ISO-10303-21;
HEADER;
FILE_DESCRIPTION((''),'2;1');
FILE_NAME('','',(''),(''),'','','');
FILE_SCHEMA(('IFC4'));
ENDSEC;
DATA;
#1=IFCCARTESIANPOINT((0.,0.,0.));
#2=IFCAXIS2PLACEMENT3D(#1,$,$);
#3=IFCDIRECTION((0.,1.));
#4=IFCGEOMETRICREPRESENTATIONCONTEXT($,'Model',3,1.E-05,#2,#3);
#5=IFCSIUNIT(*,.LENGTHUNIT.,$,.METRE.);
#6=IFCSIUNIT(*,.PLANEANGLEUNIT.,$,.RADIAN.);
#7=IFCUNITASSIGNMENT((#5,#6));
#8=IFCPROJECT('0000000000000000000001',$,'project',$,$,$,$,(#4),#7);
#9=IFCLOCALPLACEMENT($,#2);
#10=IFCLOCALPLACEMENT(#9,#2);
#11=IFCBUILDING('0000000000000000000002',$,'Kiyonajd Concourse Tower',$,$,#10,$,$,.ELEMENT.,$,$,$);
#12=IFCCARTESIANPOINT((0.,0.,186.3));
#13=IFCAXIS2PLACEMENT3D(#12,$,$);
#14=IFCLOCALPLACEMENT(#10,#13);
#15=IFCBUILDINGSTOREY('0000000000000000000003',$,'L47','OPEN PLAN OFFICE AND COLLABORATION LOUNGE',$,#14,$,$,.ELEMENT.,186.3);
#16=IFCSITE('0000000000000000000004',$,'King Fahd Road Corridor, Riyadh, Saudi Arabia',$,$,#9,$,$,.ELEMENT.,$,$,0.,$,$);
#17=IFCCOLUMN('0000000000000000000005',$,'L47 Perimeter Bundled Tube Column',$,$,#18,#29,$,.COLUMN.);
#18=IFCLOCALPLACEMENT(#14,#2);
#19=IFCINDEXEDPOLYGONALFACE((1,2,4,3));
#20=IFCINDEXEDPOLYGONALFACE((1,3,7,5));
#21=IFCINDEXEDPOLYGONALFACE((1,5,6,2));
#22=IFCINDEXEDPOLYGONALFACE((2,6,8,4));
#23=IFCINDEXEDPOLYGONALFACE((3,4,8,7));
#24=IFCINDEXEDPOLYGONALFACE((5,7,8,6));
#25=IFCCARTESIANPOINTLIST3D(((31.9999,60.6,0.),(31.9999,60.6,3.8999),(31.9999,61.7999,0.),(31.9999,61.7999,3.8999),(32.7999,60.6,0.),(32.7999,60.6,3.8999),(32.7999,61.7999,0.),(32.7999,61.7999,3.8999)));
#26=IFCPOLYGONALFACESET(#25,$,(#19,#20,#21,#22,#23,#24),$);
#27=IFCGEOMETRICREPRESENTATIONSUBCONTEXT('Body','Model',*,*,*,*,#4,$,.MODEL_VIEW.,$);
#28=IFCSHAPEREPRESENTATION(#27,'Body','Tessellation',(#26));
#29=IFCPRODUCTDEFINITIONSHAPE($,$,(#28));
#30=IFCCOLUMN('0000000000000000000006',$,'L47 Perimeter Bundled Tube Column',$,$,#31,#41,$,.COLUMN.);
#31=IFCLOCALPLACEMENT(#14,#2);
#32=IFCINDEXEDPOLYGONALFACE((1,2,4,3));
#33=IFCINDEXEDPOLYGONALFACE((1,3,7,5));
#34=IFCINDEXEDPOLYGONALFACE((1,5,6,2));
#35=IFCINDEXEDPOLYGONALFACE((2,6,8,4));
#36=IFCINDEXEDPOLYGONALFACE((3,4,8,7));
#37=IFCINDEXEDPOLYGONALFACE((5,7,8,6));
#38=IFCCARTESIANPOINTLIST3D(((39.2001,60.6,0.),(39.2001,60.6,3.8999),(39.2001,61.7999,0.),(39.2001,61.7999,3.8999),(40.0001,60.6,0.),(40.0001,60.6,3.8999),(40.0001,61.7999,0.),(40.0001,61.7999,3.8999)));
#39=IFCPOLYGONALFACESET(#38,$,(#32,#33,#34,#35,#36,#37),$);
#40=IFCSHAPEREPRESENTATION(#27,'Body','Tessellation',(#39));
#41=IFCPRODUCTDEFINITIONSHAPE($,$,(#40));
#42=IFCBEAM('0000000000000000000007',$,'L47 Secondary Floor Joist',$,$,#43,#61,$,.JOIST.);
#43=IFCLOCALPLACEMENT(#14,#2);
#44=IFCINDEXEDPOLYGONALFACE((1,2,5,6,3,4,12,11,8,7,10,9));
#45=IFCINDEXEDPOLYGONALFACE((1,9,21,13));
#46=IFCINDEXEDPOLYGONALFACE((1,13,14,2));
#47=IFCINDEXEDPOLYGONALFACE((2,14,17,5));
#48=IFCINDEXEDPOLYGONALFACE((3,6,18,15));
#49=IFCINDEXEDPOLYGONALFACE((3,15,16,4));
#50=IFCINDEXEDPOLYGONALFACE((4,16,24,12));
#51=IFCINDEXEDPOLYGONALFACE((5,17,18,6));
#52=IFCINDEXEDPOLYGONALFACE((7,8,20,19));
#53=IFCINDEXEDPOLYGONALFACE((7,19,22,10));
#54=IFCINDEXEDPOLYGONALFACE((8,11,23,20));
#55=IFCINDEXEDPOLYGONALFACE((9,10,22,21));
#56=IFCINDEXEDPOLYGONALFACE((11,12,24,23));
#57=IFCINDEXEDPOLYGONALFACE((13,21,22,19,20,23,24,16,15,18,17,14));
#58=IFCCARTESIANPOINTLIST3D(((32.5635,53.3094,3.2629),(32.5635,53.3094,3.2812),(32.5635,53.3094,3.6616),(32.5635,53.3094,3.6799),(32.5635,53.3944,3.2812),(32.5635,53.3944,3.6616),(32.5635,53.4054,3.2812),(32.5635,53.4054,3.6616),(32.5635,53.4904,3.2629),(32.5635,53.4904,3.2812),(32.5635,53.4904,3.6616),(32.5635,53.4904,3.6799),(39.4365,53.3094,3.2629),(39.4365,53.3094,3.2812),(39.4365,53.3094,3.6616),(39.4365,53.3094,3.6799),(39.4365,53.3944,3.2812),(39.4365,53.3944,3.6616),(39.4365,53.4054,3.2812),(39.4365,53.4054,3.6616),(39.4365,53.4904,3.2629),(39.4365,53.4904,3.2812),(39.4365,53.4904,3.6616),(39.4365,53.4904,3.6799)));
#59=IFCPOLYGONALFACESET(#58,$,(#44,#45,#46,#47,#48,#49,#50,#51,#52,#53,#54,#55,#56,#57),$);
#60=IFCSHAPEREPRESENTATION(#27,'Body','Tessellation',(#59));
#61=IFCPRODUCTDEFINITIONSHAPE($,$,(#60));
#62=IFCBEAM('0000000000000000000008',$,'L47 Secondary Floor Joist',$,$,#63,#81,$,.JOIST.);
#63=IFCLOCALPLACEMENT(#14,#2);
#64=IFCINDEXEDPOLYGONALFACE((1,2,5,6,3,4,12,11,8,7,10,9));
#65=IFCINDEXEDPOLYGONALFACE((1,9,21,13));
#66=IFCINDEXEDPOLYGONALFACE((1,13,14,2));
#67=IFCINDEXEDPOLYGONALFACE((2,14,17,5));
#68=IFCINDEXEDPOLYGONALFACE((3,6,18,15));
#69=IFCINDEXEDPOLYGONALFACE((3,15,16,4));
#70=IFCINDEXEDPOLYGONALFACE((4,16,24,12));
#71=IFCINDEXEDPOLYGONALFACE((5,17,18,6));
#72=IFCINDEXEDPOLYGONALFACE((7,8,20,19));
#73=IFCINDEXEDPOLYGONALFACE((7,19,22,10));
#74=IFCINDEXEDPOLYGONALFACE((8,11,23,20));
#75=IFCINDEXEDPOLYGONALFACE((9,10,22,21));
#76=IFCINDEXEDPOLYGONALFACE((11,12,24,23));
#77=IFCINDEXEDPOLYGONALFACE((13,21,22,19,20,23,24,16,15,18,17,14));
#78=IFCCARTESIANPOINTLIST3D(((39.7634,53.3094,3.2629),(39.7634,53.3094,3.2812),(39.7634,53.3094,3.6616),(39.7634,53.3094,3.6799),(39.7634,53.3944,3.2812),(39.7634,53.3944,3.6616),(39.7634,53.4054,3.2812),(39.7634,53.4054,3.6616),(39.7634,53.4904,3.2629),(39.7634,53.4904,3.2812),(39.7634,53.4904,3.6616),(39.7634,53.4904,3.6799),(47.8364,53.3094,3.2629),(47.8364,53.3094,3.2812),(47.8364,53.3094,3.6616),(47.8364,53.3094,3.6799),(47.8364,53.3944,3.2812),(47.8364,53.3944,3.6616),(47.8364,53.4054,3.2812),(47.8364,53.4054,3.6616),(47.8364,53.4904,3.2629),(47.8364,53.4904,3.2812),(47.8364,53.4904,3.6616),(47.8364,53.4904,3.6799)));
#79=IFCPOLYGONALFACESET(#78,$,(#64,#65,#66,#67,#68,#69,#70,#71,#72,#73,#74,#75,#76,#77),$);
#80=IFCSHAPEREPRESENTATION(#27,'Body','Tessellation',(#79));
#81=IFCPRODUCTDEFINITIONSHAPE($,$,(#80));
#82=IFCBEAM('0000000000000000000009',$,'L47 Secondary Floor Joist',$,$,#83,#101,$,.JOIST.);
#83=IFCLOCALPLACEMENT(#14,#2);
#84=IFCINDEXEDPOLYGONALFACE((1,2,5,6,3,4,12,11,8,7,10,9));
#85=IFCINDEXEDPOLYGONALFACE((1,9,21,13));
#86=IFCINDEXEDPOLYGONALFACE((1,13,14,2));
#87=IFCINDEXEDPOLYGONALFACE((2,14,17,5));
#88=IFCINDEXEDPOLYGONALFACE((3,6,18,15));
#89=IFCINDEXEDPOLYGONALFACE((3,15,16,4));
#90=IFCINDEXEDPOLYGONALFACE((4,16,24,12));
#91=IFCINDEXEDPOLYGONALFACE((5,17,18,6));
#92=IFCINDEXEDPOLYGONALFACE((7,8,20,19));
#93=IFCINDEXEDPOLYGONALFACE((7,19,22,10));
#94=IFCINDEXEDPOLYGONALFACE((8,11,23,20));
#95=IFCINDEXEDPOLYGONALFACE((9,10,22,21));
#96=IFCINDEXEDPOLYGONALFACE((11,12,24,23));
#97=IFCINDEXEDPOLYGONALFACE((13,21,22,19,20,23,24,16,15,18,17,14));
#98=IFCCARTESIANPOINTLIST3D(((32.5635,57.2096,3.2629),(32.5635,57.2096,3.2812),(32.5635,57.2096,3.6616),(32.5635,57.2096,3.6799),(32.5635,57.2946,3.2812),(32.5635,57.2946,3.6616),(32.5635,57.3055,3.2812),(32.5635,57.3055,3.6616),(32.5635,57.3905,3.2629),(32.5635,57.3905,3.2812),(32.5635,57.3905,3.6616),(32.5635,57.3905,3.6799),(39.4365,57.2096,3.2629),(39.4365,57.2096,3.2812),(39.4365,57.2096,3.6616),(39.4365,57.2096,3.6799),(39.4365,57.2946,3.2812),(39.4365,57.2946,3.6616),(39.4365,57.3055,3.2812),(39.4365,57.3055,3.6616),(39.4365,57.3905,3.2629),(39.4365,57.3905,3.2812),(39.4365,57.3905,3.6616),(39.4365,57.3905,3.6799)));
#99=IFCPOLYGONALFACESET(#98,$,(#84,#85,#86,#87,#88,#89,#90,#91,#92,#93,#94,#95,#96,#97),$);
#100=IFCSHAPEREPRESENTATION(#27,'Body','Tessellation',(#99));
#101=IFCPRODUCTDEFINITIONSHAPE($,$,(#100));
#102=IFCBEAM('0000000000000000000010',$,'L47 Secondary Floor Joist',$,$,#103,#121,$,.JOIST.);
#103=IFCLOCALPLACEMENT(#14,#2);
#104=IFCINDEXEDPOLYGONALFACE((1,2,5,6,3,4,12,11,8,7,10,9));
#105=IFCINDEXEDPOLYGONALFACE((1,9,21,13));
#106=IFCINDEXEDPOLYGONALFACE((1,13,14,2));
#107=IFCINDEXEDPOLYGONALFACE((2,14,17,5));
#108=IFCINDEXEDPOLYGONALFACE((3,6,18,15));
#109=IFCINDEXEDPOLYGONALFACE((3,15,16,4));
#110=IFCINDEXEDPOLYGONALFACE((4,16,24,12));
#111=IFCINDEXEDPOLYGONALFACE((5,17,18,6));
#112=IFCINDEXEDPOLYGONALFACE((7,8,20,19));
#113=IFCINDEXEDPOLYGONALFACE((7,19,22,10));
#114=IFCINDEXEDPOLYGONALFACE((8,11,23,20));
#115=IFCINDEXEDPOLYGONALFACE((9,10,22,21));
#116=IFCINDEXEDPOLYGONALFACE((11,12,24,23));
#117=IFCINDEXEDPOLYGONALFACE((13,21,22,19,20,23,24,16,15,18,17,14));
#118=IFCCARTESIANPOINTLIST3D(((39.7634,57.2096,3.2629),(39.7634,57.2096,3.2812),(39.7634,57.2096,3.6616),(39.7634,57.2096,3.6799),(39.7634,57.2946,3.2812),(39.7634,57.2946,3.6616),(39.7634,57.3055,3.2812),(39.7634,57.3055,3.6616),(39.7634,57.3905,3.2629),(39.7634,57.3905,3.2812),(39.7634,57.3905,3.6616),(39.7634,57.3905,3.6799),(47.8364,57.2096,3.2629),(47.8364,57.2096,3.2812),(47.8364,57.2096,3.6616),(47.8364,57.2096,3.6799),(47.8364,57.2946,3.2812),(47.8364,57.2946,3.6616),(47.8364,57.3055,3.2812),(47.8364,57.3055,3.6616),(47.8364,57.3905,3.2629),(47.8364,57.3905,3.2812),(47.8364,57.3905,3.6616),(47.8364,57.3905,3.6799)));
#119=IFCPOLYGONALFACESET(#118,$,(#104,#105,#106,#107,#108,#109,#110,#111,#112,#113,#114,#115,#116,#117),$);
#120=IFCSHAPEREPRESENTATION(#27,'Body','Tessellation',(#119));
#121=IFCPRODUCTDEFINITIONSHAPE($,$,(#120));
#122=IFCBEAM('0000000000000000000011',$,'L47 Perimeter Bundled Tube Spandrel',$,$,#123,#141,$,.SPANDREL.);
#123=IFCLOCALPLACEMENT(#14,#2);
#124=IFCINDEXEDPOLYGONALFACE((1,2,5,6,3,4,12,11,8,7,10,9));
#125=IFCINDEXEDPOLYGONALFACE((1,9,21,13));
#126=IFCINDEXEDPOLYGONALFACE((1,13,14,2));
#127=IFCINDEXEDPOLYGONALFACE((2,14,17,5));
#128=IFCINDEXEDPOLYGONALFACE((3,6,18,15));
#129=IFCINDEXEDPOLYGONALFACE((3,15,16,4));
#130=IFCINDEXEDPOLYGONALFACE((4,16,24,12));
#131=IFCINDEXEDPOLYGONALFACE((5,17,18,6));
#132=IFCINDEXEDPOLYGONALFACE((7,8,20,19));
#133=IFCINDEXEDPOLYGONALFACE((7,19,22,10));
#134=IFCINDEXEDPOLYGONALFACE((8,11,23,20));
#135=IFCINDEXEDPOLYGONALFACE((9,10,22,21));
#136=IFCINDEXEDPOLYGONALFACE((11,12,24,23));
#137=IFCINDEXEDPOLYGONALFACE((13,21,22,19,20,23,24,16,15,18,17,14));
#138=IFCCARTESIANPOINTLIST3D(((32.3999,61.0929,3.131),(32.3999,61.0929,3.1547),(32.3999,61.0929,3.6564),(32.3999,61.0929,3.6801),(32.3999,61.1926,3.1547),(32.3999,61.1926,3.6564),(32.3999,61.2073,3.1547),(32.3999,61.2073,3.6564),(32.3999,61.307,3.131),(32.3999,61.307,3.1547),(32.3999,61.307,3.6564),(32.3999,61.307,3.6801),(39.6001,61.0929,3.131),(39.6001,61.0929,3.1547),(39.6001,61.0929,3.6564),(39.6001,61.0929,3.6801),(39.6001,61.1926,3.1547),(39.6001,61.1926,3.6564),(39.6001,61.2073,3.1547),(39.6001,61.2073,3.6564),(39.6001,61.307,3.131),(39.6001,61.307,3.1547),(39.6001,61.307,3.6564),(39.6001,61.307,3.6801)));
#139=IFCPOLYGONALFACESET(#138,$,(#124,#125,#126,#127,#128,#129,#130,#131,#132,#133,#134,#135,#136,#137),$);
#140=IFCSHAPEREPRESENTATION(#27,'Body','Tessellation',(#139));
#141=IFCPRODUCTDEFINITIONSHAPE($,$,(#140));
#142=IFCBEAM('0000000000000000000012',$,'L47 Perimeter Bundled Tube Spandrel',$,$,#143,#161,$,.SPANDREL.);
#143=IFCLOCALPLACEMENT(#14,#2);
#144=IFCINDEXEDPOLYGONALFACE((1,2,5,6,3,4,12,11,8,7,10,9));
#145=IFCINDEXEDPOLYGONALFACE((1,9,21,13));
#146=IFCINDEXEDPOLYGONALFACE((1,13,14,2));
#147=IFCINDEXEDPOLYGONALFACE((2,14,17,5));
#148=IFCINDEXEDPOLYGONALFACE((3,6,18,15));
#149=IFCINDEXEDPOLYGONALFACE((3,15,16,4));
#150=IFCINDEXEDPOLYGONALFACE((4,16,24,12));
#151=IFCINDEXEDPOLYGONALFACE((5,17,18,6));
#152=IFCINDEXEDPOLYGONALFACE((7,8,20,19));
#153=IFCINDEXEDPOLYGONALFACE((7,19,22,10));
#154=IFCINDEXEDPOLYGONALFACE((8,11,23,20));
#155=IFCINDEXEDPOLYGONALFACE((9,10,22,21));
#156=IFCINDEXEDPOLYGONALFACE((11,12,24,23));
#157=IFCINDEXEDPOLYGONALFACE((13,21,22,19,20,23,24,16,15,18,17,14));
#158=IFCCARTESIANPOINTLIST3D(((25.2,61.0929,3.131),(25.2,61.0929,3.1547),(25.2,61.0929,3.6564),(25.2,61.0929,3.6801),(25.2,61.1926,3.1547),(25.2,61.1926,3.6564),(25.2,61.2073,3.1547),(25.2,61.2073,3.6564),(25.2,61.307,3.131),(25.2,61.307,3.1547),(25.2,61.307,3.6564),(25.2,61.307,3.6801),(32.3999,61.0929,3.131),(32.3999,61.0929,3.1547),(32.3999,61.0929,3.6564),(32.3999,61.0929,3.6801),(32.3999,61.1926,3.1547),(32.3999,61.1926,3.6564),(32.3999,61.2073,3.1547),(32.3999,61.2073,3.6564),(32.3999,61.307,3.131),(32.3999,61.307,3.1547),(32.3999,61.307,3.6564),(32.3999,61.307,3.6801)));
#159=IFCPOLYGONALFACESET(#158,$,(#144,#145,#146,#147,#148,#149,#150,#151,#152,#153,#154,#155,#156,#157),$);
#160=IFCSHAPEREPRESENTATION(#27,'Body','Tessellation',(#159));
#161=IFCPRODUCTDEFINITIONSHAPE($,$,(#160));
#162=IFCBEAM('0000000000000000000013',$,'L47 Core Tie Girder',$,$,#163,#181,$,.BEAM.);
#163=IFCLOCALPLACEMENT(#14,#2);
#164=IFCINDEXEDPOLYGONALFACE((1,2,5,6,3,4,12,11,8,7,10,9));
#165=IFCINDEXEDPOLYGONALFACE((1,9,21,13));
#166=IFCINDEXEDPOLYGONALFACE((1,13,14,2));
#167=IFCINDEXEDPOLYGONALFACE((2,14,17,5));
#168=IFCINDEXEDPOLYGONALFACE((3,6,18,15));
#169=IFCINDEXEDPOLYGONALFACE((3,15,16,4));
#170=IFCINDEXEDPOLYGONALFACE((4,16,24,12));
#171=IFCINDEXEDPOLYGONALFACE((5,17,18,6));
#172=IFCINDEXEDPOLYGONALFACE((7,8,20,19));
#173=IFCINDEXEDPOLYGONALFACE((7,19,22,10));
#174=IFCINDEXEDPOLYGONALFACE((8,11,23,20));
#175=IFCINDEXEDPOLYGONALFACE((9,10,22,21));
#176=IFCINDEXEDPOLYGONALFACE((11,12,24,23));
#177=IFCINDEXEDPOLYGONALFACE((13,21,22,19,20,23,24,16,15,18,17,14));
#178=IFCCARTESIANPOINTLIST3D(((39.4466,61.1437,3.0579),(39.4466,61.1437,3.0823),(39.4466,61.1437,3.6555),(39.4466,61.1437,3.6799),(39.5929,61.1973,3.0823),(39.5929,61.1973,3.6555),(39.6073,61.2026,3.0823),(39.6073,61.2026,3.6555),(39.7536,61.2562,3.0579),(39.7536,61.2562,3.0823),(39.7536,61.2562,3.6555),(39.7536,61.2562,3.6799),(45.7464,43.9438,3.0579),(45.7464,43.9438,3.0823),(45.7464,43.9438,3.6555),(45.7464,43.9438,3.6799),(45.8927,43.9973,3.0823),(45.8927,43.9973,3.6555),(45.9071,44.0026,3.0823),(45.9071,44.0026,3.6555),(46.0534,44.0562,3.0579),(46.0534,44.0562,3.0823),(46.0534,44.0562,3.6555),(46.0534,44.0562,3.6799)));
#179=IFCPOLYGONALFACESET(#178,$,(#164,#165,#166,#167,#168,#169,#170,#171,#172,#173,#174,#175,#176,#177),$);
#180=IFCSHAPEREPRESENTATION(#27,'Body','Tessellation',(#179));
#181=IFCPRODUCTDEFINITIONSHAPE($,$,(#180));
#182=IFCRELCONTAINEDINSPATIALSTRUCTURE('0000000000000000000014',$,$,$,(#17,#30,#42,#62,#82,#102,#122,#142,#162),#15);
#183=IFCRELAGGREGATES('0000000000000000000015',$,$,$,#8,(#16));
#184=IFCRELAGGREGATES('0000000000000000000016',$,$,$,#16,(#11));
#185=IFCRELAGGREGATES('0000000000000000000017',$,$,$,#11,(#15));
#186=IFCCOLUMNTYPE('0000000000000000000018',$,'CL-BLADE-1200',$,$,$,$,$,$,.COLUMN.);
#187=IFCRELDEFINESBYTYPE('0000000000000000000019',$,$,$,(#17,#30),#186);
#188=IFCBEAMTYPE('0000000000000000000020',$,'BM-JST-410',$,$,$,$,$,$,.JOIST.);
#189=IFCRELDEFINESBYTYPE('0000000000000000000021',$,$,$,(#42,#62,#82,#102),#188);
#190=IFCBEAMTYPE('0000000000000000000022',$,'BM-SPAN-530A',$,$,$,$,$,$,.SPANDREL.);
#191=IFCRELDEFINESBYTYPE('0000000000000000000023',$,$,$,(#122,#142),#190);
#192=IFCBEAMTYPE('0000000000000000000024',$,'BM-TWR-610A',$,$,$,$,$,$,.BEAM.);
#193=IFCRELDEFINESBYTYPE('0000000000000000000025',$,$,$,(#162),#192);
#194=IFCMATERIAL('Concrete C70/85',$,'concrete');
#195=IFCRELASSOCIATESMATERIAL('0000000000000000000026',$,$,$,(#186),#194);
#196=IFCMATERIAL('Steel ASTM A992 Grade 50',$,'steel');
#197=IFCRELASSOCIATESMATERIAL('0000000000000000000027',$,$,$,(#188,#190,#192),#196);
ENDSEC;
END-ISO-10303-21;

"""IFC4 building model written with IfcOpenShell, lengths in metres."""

from ifc_helpers import new_model, si_unit, direction, frame, origin, origin_2d, place, context, subcontext, project, spatial, rectangle, i_section, extrude, material, material_profile, profile_set, type_object, element, save


model = new_model("IFC4")

# Units and contexts
model_context = context("Model", 3, precision=1e-05, world=origin(), true_north=direction((0.0, 1.0)))
body_context = subcontext(model_context, "Body", "Model", "MODEL_VIEW")
ifc_project = project(units=[si_unit("LENGTHUNIT", "METRE"), si_unit("PLANEANGLEUNIT", "RADIAN")], contexts=[model_context])

# Site, building, storey
site_placement = place(None, origin())
site = spatial("IfcSite", under=ifc_project, at=site_placement, Name="King Fahd Road Corridor, Riyadh, Saudi Arabia", CompositionType="ELEMENT", RefElevation=0.0)
building_placement = place(site_placement, origin())
building = spatial("IfcBuilding", under=site, at=building_placement, Name="Kiyonajd Concourse Tower", CompositionType="ELEMENT")
storey_placement = place(building_placement, frame((0.0, 0.0, 186.3)))
storey = spatial("IfcBuildingStorey", under=building, at=storey_placement, Name="L47", Description="OPEN PLAN OFFICE AND COLLABORATION LOUNGE", CompositionType="ELEMENT", Elevation=186.3)

# Columns
ifc_material_1 = material(Name="Concrete C70/85", Category="concrete")
ifc_material_profile_1 = material_profile(ifc_material_1, rectangle(XDim=0.8, YDim=1.2, at=origin_2d()), Name="RC-1200x800")
ifc_profile_set_1 = profile_set([ifc_material_profile_1], Name="Concrete C70/85")
column_type = type_object("IfcColumnType", Name="CL-BLADE-1200", PredefinedType="COLUMN", material=ifc_profile_set_1)
for number, where, z_axis, x_axis, name in (
    (1, (32.3999, 61.2, 0.0), (0.0, 0.0, 1.0), (1.0, 0.0, 0.0), "L47 Perimeter Bundled Tube Column"),
    (2, (39.6001, 61.2, 0.0), (0.0, 0.0, 1.0), (1.0, 0.0, 0.0), "L47 Perimeter Bundled Tube Column"),
):
    element("IfcColumn", number, at=place(storey_placement, frame(where, z_axis=z_axis, x_axis=x_axis)), inside=storey, type_object=column_type, Name=name, PredefinedType="COLUMN", context=body_context, shape_type="SweptSolid", body=[
        extrude(rectangle(XDim=0.8, YDim=1.2, at=origin_2d()), origin(), (0.0, 0.0, 1.0), 3.8999),
    ])

# Beams
ifc_material_2 = material(Name="Steel ASTM A992 Grade 50", Category="steel")
ifc_material_profile_2 = material_profile(ifc_material_2, i_section(OverallWidth=0.1809, OverallDepth=0.417, WebThickness=0.011, FlangeThickness=0.0183, at=origin_2d()), Name="W410X85")
ifc_profile_set_2 = profile_set([ifc_material_profile_2], Name="Steel ASTM A992 Grade 50")
beam_type_1 = type_object("IfcBeamType", Name="BM-JST-410", PredefinedType="JOIST", material=ifc_profile_set_2)
beam_1_placement = place(storey_placement, frame((32.5635, 53.3999, 3.4714), z_axis=(1.0, 0.0, 0.0), x_axis=(0.0, 1.0, 0.0)))
element("IfcBeam", 3, at=beam_1_placement, inside=storey, type_object=beam_type_1, Name="L47 Secondary Floor Joist", PredefinedType="JOIST", context=body_context, shape_type="SweptSolid", body=[
    extrude(i_section(OverallWidth=0.1809, OverallDepth=0.417, WebThickness=0.011, FlangeThickness=0.0183, at=origin_2d()), origin(), (0.0, 0.0, 1.0), 6.873),
])
beam_2_placement = place(storey_placement, frame((39.7634, 53.3999, 3.4714), z_axis=(1.0, 0.0, 0.0), x_axis=(0.0, 1.0, 0.0)))
element("IfcBeam", 4, at=beam_2_placement, inside=storey, type_object=beam_type_1, Name="L47 Secondary Floor Joist", PredefinedType="JOIST", context=body_context, shape_type="SweptSolid", body=[
    extrude(i_section(OverallWidth=0.1809, OverallDepth=0.417, WebThickness=0.011, FlangeThickness=0.0183, at=origin_2d()), origin(), (0.0, 0.0, 1.0), 8.073),
])
beam_3_placement = place(storey_placement, frame((32.5635, 57.3, 3.4714), z_axis=(1.0, 0.0, 0.0), x_axis=(0.0, 1.0, 0.0)))
element("IfcBeam", 5, at=beam_3_placement, inside=storey, type_object=beam_type_1, Name="L47 Secondary Floor Joist", PredefinedType="JOIST", context=body_context, shape_type="SweptSolid", body=[
    extrude(i_section(OverallWidth=0.1809, OverallDepth=0.417, WebThickness=0.011, FlangeThickness=0.0183, at=origin_2d()), origin(), (0.0, 0.0, 1.0), 6.873),
])
beam_4_placement = place(storey_placement, frame((39.7634, 57.3, 3.4714), z_axis=(1.0, 0.0, 0.0), x_axis=(0.0, 1.0, 0.0)))
element("IfcBeam", 6, at=beam_4_placement, inside=storey, type_object=beam_type_1, Name="L47 Secondary Floor Joist", PredefinedType="JOIST", context=body_context, shape_type="SweptSolid", body=[
    extrude(i_section(OverallWidth=0.1809, OverallDepth=0.417, WebThickness=0.011, FlangeThickness=0.0183, at=origin_2d()), origin(), (0.0, 0.0, 1.0), 8.073),
])
ifc_material_profile_3 = material_profile(ifc_material_2, i_section(OverallWidth=0.2141, OverallDepth=0.5491, WebThickness=0.0146, FlangeThickness=0.0237, at=origin_2d()), Name="W530X138")
ifc_profile_set_3 = profile_set([ifc_material_profile_3], Name="Steel ASTM A992 Grade 50")
beam_type_2 = type_object("IfcBeamType", Name="BM-SPAN-530A", PredefinedType="SPANDREL", material=ifc_profile_set_3)
beam_5_placement = place(storey_placement, frame((39.6001, 61.2, 3.4055), z_axis=(-1.0, 0.0, 0.0), x_axis=(0.0, -1.0, 0.0)))
element("IfcBeam", 7, at=beam_5_placement, inside=storey, type_object=beam_type_2, Name="L47 Perimeter Bundled Tube Spandrel", PredefinedType="SPANDREL", context=body_context, shape_type="SweptSolid", body=[
    extrude(i_section(OverallWidth=0.2141, OverallDepth=0.5491, WebThickness=0.0146, FlangeThickness=0.0237, at=origin_2d()), origin(), (0.0, 0.0, 1.0), 7.2002),
])
beam_6_placement = place(storey_placement, frame((32.3999, 61.2, 3.4055), z_axis=(-1.0, 0.0, 0.0), x_axis=(0.0, -1.0, 0.0)))
element("IfcBeam", 8, at=beam_6_placement, inside=storey, type_object=beam_type_2, Name="L47 Perimeter Bundled Tube Spandrel", PredefinedType="SPANDREL", context=body_context, shape_type="SweptSolid", body=[
    extrude(i_section(OverallWidth=0.2141, OverallDepth=0.5491, WebThickness=0.0146, FlangeThickness=0.0237, at=origin_2d()), origin(), (0.0, 0.0, 1.0), 7.2),
])
ifc_material_profile_4 = material_profile(ifc_material_2, i_section(OverallWidth=0.3269, OverallDepth=0.6221, WebThickness=0.0154, FlangeThickness=0.0244, at=origin_2d()), Name="W610X195")
ifc_profile_set_4 = profile_set([ifc_material_profile_4], Name="Steel ASTM A992 Grade 50")
beam_type_3 = type_object("IfcBeamType", Name="BM-TWR-610A", PredefinedType="BEAM", material=ifc_profile_set_4)
beam_7_placement = place(storey_placement, frame((39.6001, 61.2, 3.3689), z_axis=(0.343925, -0.938997, 0.0), x_axis=(0.938997, 0.343925, 0.0)))
element("IfcBeam", 9, at=beam_7_placement, inside=storey, type_object=beam_type_3, Name="L47 Core Tie Girder", PredefinedType="BEAM", context=body_context, shape_type="SweptSolid", body=[
    extrude(i_section(OverallWidth=0.3269, OverallDepth=0.6221, WebThickness=0.0154, FlangeThickness=0.0244, at=origin_2d()), origin(), (0.0, 0.0, 1.0), 18.3174),
])

save(model, "model.ifc")
